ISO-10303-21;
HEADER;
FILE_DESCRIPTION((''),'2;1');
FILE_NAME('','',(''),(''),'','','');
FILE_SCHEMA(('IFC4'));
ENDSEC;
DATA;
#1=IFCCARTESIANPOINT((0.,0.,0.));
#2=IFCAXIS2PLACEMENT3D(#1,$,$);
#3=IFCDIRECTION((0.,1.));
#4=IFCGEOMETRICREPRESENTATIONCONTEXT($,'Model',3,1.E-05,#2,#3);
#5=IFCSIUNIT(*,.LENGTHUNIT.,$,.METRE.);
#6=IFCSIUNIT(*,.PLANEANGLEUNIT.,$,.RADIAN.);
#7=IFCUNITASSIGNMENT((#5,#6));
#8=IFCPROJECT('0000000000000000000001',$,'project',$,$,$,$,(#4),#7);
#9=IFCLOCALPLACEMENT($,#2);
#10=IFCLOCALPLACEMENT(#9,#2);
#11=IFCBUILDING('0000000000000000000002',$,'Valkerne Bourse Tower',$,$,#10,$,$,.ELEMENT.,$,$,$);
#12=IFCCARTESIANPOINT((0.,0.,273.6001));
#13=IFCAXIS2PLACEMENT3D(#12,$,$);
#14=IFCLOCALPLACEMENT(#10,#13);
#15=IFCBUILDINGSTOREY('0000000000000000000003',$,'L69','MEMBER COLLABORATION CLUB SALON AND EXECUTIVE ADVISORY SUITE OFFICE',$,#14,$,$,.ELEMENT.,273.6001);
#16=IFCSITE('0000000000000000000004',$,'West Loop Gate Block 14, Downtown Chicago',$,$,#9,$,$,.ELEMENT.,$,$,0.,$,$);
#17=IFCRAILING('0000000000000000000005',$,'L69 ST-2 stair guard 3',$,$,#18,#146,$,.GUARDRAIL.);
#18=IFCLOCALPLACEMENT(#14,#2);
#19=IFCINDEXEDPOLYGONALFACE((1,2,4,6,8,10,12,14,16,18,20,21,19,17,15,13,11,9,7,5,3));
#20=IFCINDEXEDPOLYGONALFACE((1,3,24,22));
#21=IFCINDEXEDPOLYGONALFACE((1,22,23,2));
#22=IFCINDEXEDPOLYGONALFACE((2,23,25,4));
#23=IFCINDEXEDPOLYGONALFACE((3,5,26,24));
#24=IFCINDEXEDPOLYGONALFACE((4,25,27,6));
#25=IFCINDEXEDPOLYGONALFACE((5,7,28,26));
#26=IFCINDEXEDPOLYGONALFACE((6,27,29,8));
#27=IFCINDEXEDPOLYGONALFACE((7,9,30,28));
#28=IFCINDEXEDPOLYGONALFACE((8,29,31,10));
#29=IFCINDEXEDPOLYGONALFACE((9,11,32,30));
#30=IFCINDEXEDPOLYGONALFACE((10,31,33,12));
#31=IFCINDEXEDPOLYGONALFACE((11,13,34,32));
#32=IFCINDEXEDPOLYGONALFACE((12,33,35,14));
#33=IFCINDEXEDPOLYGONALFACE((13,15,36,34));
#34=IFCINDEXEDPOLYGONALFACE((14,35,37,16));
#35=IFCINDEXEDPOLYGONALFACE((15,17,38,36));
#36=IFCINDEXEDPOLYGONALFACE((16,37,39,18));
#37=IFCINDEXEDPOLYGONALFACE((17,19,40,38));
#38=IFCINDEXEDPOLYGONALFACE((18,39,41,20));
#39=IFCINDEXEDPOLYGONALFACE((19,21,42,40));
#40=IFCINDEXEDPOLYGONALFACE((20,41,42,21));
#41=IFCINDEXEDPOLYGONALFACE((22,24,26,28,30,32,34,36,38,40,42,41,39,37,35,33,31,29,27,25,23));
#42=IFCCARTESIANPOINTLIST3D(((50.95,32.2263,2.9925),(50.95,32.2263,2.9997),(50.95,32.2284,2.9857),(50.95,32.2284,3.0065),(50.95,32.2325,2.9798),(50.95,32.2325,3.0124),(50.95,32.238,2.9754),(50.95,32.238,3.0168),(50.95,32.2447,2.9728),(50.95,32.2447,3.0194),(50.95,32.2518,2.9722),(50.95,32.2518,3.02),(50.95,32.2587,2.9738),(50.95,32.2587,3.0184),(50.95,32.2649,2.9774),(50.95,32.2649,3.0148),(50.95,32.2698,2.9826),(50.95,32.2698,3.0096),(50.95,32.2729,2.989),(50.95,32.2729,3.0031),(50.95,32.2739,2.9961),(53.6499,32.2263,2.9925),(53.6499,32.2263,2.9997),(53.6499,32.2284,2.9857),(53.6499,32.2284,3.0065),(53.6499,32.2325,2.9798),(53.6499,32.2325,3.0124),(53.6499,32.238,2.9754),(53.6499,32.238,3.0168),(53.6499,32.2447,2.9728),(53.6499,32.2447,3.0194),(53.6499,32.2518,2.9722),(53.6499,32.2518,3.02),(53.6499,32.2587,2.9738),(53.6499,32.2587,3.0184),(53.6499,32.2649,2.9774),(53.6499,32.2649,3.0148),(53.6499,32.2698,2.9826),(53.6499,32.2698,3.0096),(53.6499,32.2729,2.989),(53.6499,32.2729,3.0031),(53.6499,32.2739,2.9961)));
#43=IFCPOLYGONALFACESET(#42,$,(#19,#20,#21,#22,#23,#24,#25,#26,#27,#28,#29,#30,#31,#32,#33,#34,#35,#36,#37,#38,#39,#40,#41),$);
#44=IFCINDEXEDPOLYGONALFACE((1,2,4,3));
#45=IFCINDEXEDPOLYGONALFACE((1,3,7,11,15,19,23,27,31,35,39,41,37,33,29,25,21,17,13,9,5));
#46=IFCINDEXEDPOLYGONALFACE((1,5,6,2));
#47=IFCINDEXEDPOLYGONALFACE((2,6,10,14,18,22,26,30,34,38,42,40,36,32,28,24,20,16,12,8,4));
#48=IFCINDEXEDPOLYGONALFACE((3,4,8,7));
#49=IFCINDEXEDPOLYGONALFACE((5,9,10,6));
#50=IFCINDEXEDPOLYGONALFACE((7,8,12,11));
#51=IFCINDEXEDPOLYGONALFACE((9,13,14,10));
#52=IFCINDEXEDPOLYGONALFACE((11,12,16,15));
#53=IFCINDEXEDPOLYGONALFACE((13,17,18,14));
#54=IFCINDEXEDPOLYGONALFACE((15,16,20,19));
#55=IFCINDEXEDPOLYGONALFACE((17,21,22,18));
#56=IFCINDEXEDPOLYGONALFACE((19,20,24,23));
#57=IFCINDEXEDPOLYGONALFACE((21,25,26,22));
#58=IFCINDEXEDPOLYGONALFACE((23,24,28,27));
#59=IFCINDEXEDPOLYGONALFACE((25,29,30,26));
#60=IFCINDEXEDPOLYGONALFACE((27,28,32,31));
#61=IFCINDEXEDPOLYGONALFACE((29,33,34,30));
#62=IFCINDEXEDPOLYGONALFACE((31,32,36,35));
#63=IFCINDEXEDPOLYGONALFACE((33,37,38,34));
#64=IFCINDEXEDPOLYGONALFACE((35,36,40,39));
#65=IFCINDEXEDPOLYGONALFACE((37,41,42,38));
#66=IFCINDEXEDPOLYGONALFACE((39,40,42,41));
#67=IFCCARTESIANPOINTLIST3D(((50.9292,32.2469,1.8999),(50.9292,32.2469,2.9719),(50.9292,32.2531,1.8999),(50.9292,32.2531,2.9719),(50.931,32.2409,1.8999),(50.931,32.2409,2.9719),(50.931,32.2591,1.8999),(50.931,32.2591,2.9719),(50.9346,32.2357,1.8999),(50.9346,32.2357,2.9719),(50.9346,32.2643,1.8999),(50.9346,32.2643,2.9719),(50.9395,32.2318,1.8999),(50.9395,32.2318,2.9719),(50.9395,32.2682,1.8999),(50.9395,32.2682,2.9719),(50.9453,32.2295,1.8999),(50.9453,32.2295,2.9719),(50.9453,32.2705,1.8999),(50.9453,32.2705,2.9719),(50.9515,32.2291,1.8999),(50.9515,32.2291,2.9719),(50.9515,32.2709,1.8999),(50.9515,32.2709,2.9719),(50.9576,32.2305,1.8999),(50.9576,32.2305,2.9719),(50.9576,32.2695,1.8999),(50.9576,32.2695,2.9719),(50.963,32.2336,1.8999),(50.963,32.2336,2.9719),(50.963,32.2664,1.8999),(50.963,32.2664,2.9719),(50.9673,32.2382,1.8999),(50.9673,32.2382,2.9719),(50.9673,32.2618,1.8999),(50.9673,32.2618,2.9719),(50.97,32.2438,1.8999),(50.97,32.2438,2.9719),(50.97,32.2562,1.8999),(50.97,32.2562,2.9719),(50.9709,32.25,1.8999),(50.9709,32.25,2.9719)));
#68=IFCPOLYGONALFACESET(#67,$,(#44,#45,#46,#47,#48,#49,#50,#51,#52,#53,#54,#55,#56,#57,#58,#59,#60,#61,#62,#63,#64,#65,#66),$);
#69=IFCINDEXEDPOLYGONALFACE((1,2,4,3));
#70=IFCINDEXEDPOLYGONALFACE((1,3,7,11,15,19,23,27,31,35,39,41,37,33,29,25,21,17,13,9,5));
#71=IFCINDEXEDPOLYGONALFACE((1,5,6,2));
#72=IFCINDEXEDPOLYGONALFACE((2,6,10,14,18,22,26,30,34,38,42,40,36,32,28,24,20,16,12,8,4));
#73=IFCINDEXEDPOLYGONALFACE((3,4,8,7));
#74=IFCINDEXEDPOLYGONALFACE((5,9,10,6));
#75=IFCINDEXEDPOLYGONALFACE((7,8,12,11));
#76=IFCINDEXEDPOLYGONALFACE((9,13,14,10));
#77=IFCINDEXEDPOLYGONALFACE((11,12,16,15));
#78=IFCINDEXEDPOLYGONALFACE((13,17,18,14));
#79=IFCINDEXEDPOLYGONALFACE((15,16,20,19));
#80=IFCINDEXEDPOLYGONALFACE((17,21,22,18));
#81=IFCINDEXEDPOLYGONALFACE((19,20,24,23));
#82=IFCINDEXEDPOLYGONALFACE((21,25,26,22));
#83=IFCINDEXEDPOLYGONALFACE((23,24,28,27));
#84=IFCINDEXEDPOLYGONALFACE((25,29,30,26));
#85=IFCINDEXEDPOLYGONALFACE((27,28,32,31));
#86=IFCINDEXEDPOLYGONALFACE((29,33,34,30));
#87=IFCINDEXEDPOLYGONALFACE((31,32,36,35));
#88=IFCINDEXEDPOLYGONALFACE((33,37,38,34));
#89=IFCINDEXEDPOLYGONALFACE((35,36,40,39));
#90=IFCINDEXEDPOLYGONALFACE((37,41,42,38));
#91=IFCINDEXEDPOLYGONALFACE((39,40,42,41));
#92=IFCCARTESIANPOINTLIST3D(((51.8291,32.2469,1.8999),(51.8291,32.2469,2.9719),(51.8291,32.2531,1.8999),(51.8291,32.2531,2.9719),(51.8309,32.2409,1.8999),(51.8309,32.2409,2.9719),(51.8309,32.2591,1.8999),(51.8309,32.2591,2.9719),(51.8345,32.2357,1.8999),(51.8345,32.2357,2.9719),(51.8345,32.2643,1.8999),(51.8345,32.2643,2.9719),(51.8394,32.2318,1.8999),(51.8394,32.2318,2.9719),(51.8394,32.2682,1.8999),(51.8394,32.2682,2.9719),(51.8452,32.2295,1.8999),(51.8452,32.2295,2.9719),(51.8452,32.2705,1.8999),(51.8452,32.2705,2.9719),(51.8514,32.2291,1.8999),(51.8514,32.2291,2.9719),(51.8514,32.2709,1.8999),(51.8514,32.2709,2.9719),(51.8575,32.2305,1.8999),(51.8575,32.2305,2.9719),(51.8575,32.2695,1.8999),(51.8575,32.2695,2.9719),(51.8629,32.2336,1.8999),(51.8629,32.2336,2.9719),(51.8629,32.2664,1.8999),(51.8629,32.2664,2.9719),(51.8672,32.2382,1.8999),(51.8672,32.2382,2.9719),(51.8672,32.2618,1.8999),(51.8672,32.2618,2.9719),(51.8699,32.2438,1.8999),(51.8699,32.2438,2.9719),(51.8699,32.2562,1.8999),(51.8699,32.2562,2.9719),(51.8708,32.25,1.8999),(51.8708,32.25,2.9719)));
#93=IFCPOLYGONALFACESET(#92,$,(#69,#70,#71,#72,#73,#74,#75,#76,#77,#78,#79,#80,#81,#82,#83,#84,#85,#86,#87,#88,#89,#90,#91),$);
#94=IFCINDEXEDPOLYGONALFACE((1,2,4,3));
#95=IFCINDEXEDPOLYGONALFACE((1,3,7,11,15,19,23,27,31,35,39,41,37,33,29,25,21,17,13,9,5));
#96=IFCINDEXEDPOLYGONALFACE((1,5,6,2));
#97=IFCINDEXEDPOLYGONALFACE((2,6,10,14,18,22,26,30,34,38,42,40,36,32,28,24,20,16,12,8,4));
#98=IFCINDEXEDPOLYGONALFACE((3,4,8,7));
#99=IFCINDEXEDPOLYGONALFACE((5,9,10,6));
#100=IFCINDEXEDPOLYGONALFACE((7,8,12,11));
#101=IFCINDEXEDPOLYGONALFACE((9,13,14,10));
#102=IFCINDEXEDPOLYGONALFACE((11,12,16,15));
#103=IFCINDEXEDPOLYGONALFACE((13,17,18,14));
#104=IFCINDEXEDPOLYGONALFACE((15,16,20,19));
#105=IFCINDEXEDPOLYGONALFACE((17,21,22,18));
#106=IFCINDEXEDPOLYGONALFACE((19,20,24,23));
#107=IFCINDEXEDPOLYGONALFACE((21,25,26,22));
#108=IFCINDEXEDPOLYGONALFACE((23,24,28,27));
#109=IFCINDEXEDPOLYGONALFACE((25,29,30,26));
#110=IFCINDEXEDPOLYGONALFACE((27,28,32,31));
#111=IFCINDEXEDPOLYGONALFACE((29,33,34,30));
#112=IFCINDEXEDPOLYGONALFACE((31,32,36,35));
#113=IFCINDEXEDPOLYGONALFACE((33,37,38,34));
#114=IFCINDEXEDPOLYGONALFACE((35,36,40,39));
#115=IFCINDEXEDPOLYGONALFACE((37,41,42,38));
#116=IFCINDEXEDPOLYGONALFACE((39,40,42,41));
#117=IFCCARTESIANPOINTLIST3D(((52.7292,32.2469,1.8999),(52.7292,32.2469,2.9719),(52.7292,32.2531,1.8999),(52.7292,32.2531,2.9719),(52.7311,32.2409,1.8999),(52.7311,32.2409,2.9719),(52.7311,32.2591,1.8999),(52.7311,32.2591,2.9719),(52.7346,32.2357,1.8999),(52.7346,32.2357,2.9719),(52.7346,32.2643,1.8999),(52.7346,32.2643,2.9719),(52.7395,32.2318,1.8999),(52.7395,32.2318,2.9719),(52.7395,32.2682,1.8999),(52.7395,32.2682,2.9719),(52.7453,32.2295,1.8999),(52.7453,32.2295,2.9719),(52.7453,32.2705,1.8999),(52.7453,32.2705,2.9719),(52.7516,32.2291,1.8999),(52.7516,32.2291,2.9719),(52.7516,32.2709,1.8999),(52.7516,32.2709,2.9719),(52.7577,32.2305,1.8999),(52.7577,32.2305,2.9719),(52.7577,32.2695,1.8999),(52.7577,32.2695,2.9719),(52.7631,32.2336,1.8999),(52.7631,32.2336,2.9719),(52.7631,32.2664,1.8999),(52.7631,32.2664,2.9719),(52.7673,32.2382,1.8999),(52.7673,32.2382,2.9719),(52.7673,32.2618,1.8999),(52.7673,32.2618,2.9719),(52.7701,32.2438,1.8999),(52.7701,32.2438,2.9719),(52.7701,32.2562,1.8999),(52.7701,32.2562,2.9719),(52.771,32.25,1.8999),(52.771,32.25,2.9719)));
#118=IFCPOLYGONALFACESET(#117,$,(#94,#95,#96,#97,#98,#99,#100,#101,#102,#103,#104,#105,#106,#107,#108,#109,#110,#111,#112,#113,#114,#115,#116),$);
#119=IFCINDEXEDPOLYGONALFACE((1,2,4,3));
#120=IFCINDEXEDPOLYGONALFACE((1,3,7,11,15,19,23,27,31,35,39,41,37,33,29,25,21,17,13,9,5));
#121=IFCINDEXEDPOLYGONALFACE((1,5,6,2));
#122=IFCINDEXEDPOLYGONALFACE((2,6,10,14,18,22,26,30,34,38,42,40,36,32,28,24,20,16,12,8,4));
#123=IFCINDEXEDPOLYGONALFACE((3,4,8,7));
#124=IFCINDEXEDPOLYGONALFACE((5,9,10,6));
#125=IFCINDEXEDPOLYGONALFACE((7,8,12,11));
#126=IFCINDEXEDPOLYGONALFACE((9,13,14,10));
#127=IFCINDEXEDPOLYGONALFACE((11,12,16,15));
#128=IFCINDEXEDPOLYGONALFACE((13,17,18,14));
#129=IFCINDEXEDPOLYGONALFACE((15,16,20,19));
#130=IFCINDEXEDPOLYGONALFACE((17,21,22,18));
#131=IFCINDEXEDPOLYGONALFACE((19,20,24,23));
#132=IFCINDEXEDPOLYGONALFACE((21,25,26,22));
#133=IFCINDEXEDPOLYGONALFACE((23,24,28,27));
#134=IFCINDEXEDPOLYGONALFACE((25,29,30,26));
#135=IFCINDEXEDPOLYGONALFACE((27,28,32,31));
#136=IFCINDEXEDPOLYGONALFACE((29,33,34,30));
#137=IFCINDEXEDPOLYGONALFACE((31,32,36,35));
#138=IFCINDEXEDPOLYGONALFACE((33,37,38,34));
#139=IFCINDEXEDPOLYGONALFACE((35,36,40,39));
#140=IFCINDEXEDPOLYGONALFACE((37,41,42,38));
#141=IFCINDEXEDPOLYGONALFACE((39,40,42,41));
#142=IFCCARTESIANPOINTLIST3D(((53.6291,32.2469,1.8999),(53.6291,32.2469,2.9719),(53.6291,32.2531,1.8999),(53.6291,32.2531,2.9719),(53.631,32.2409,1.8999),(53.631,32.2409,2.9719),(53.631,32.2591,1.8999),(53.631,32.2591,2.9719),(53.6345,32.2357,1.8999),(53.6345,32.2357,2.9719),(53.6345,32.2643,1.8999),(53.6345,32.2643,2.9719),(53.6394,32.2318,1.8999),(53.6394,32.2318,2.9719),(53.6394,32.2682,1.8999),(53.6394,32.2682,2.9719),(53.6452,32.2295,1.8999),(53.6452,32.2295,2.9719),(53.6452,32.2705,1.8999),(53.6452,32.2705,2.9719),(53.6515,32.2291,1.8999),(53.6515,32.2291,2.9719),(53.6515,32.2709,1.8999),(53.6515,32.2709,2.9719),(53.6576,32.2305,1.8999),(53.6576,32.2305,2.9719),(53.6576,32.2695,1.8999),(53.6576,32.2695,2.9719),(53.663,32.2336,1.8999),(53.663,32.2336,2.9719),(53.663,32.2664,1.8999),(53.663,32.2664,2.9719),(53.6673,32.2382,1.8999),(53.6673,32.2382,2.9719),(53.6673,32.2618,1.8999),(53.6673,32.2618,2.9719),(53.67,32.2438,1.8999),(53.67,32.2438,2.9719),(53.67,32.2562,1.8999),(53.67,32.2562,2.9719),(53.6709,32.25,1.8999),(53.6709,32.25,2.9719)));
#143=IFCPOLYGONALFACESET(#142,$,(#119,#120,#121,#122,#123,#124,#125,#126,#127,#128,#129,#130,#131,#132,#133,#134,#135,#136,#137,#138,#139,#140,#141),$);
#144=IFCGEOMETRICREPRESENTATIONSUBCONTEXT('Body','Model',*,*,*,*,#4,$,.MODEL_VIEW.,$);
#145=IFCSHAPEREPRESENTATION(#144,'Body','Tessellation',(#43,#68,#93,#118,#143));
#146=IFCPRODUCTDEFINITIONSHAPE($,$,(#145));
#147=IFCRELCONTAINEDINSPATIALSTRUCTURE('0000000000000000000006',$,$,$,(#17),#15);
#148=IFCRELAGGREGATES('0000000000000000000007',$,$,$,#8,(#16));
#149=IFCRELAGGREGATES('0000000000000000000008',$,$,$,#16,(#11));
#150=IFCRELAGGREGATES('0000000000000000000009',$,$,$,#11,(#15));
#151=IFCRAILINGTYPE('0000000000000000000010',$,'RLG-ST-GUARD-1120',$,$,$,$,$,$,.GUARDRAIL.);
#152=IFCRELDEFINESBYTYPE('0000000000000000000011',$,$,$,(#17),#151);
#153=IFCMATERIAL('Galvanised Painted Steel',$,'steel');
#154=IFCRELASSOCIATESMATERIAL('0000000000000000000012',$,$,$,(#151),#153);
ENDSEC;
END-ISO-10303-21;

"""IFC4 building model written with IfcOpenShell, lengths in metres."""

from ifc_helpers import new_model, si_unit, direction, frame, origin, origin_2d, place, context, subcontext, project, spatial, circle, extrude, material, type_object, element, save


model = new_model("IFC4")

# Units and contexts
model_context = context("Model", 3, precision=1e-05, world=origin(), true_north=direction((0.0, 1.0)))
body_context = subcontext(model_context, "Body", "Model", "MODEL_VIEW")
ifc_project = project(units=[si_unit("LENGTHUNIT", "METRE"), si_unit("PLANEANGLEUNIT", "RADIAN")], contexts=[model_context])

# Site, building, storey
site_placement = place(None, origin())
site = spatial("IfcSite", under=ifc_project, at=site_placement, Name="West Loop Gate Block 14, Downtown Chicago", CompositionType="ELEMENT", RefElevation=0.0)
building_placement = place(site_placement, origin())
building = spatial("IfcBuilding", under=site, at=building_placement, Name="Valkerne Bourse Tower", CompositionType="ELEMENT")
storey_placement = place(building_placement, frame((0.0, 0.0, 273.6001)))
storey = spatial("IfcBuildingStorey", under=building, at=storey_placement, Name="L69", Description="MEMBER COLLABORATION CLUB SALON AND EXECUTIVE ADVISORY SUITE OFFICE", CompositionType="ELEMENT", Elevation=273.6001)

# Shared definitions
ifc_material_1 = material(Name="Galvanised Painted Steel", Category="steel")

# Railing
railing_type_1 = type_object("IfcRailingType", Name="RLG-ST-GUARD-1120", PredefinedType="GUARDRAIL", material=ifc_material_1)
railing_1_placement = place(storey_placement, frame((50.95, 32.25, 1.8999)))
element("IfcRailing", 1, at=railing_1_placement, inside=storey, type_object=railing_type_1, Name="L69 ST-2 stair guard 3", PredefinedType="GUARDRAIL", context=body_context, shape_type="SweptSolid", body=[
    extrude(circle(Radius=0.0239, at=origin_2d()), frame((0.0, 0.0, 1.0962), z_axis=(1.0, 0.0, 0.0), x_axis=(0.0, 1.0, 0.0)), (0.0, 0.0, 1.0), 2.7),
    extrude(circle(Radius=0.021, at=origin_2d()), origin(), (0.0, 0.0, 1.0), 1.072),
    extrude(circle(Radius=0.021, at=origin_2d()), frame((0.8999, 0.0, 0.0)), (0.0, 0.0, 1.0), 1.072),
    extrude(circle(Radius=0.021, at=origin_2d()), frame((1.8, 0.0, 0.0)), (0.0, 0.0, 1.0), 1.072),
    extrude(circle(Radius=0.021, at=origin_2d()), frame((2.7, 0.0, 0.0)), (0.0, 0.0, 1.0), 1.072),
])

save(model, "model.ifc")
